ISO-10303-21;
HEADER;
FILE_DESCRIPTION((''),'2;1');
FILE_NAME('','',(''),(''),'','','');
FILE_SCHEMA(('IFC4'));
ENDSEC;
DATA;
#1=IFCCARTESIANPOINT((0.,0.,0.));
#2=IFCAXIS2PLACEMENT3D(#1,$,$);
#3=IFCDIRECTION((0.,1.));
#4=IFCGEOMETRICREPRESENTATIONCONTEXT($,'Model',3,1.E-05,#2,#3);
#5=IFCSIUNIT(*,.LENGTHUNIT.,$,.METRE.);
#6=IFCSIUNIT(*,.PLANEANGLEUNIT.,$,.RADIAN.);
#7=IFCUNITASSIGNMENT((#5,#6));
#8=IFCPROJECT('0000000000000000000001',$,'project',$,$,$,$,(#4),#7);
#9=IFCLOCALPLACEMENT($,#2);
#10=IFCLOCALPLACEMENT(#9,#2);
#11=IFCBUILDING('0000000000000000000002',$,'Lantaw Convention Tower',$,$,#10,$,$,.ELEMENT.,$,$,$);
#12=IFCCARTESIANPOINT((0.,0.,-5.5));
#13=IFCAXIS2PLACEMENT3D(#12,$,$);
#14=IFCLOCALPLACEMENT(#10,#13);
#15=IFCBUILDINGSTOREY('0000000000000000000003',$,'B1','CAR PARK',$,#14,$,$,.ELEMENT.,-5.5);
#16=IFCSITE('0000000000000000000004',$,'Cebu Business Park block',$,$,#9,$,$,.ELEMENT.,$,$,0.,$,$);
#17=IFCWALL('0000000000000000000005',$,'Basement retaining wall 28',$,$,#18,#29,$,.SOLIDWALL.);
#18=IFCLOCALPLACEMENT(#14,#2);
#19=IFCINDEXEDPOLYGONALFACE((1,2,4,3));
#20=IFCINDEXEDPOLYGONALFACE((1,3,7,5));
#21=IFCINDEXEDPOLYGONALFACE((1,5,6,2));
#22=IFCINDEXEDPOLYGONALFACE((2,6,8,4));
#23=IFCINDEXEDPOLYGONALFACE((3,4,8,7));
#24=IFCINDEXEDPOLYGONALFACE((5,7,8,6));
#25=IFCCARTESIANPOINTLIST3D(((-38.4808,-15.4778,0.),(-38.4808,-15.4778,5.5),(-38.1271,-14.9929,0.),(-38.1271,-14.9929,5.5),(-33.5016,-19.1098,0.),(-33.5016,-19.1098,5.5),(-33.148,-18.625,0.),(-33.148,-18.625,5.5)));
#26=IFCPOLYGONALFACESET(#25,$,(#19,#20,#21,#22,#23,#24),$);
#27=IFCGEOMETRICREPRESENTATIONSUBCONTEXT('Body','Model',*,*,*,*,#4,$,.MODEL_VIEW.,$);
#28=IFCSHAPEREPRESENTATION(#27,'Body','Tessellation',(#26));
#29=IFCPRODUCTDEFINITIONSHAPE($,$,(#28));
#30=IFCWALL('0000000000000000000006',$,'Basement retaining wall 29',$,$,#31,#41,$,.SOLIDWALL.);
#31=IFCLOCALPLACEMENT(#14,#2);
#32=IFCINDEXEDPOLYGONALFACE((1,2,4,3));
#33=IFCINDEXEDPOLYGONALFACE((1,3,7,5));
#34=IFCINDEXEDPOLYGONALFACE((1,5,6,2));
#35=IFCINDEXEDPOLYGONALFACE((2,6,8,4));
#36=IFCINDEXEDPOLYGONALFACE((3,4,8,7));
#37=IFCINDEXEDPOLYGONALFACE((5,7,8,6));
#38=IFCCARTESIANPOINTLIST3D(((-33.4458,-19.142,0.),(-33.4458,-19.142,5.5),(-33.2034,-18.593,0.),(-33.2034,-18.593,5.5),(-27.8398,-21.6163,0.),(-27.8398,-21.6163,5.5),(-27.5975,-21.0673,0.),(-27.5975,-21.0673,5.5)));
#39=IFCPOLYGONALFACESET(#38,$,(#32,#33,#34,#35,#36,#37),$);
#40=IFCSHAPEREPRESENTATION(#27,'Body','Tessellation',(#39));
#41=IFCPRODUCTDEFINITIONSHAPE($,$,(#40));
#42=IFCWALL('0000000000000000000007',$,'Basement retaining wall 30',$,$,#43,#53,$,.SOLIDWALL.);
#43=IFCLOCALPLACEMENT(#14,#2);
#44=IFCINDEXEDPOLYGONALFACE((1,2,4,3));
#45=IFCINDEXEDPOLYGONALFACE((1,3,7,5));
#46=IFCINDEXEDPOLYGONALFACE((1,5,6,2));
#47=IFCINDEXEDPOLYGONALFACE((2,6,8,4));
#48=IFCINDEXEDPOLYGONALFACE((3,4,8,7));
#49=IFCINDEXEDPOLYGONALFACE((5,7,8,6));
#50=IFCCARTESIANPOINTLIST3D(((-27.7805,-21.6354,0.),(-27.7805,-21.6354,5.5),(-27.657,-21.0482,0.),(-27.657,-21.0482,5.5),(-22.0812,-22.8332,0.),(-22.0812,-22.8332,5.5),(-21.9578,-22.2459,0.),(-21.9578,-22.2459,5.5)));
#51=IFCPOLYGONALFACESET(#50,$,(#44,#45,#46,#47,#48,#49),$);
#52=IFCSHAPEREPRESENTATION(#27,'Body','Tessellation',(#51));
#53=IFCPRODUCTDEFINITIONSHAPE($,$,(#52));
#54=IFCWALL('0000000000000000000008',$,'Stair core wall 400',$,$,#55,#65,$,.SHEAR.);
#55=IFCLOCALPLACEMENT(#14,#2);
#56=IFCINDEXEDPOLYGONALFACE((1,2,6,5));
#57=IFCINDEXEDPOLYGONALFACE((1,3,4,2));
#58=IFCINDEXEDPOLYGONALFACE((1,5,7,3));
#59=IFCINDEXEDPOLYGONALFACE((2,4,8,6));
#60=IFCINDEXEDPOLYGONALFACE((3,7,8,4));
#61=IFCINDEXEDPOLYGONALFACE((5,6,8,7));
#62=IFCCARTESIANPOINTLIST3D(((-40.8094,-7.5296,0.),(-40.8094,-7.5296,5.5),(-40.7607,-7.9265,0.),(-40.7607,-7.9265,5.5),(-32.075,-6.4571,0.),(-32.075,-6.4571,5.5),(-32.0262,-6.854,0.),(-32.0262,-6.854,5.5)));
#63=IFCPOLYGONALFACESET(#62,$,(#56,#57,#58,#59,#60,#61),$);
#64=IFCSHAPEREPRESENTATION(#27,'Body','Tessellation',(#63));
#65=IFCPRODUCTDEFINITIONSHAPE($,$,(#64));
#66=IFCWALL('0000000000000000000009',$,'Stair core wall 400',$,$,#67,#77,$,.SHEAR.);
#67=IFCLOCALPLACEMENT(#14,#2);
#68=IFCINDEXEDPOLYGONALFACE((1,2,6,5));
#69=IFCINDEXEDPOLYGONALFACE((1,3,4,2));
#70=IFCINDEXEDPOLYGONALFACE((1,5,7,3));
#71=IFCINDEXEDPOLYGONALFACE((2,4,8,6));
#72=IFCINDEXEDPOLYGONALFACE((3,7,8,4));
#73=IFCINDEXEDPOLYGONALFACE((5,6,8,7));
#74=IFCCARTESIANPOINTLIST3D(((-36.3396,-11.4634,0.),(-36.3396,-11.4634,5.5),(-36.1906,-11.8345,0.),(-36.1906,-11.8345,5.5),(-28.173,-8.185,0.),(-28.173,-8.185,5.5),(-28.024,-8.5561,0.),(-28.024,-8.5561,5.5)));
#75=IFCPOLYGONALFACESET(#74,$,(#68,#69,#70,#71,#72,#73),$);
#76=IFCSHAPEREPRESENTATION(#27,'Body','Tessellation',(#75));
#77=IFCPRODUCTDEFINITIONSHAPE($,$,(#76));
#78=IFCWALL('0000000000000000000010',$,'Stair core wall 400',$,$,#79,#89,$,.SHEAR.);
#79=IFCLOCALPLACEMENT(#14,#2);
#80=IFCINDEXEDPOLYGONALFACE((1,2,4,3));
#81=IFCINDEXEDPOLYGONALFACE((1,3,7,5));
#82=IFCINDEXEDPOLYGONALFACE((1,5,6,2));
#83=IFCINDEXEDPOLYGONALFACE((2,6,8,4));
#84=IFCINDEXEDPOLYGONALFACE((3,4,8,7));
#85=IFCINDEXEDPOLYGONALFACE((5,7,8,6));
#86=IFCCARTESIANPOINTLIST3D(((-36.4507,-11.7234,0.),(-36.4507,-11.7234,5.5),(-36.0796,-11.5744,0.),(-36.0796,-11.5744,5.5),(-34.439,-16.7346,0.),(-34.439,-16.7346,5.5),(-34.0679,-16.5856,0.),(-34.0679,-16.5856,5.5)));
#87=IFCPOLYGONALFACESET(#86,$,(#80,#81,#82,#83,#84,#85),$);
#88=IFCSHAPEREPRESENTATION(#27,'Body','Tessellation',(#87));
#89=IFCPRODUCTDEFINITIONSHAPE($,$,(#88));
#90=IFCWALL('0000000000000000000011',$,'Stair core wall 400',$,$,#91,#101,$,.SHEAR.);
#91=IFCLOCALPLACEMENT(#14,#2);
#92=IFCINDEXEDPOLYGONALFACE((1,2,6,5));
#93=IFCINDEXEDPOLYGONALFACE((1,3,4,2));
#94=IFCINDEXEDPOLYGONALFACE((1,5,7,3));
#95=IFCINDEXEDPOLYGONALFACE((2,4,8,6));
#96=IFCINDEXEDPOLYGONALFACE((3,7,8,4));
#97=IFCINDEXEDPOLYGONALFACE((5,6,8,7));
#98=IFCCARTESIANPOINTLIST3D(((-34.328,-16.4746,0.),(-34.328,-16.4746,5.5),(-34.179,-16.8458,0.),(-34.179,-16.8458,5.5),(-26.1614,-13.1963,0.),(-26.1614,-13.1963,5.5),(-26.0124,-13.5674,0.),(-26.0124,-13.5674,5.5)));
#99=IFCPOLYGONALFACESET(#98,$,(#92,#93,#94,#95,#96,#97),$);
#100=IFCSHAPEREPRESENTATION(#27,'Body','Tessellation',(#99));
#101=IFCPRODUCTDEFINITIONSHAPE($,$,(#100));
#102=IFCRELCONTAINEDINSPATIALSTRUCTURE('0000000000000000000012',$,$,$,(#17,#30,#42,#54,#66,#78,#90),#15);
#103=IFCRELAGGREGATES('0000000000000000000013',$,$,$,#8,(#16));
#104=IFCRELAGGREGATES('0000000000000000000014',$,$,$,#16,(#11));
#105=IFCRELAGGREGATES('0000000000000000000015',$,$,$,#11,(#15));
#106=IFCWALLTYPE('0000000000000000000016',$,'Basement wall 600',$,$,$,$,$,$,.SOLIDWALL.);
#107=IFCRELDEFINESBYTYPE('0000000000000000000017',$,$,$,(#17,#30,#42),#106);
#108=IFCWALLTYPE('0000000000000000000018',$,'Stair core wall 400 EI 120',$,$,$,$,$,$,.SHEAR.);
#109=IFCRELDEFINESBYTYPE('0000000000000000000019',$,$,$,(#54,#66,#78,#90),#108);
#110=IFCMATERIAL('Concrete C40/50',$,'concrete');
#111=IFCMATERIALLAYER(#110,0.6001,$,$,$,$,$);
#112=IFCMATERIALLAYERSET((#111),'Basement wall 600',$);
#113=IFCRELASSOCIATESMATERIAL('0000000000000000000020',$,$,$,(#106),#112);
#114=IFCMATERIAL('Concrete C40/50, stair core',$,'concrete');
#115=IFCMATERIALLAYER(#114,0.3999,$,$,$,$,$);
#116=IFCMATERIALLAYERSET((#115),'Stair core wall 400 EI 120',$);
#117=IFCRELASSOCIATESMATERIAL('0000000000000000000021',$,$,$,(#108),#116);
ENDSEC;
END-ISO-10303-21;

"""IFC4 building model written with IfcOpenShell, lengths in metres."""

from ifc_helpers import new_model, si_unit, direction, frame, frame_2d, origin, place, context, subcontext, project, spatial, rectangle, extrude, material, layer, layer_set, type_object, element, save


model = new_model("IFC4")

# Units and contexts
model_context = context("Model", 3, precision=1e-05, world=origin(), true_north=direction((0.0, 1.0)))
body_context = subcontext(model_context, "Body", "Model", "MODEL_VIEW")
ifc_project = project(units=[si_unit("LENGTHUNIT", "METRE"), si_unit("PLANEANGLEUNIT", "RADIAN")], contexts=[model_context])

# Site, building, storey
site_placement = place(None, origin())
site = spatial("IfcSite", under=ifc_project, at=site_placement, Name="Cebu Business Park block", CompositionType="ELEMENT", RefElevation=0.0)
building_placement = place(site_placement, origin())
building = spatial("IfcBuilding", under=site, at=building_placement, Name="Lantaw Convention Tower", CompositionType="ELEMENT")
storey_placement = place(building_placement, frame((0.0, 0.0, -5.5)))
storey = spatial("IfcBuildingStorey", under=building, at=storey_placement, Name="B1", Description="CAR PARK", CompositionType="ELEMENT", Elevation=-5.5)

# Walls
ifc_material_1 = material(Name="Concrete C40/50", Category="concrete")
ifc_layer_1 = layer(ifc_material_1, 0.6001)
ifc_layer_set_1 = layer_set([ifc_layer_1], Name="Basement wall 600")
wall_type_1 = type_object("IfcWallType", Name="Basement wall 600", PredefinedType="SOLIDWALL", material=ifc_layer_set_1)
wall_1_placement = place(storey_placement, frame((-38.304, -15.2354, 0.0), z_axis=(0.0, 0.0, 1.0), x_axis=(0.807901, -0.589318, 0.0)))
element("IfcWall", 1, at=wall_1_placement, inside=storey, type_object=wall_type_1, Name="Basement retaining wall 28", PredefinedType="SOLIDWALL", context=body_context, shape_type="SweptSolid", body=[
    extrude(rectangle(XDim=6.1631, YDim=0.6001, at=frame_2d((3.0815, 0.0))), origin(), (0.0, 0.0, 1.0), 5.5),
])
wall_2_placement = place(storey_placement, frame((-33.3247, -18.8674, 0.0), z_axis=(0.0, 0.0, 1.0), x_axis=(0.914849, -0.403797, 0.0)))
element("IfcWall", 2, at=wall_2_placement, inside=storey, type_object=wall_type_1, Name="Basement retaining wall 29", PredefinedType="SOLIDWALL", context=body_context, shape_type="SweptSolid", body=[
    extrude(rectangle(XDim=6.1277, YDim=0.6001, at=frame_2d((3.064, 0.0))), origin(), (0.0, 0.0, 1.0), 5.5),
])
wall_3_placement = place(storey_placement, frame((-27.7188, -21.3418, 0.0), z_axis=(0.0, 0.0, 1.0), x_axis=(0.978622, -0.205668, 0.0)))
element("IfcWall", 3, at=wall_3_placement, inside=storey, type_object=wall_type_1, Name="Basement retaining wall 30", PredefinedType="SOLIDWALL", context=body_context, shape_type="SweptSolid", body=[
    extrude(rectangle(XDim=5.8237, YDim=0.6001, at=frame_2d((2.9119, 0.0))), origin(), (0.0, 0.0, 1.0), 5.5),
])
ifc_material_2 = material(Name="Concrete C40/50, stair core", Category="concrete")
ifc_layer_2 = layer(ifc_material_2, 0.3999)
ifc_layer_set_2 = layer_set([ifc_layer_2], Name="Stair core wall 400 EI 120")
wall_type_2 = type_object("IfcWallType", Name="Stair core wall 400 EI 120", PredefinedType="SHEAR", material=ifc_layer_set_2)
for number, where, z_axis, x_axis, name in (
    (4, (-40.7849, -7.728, 0.0), (0.0, 0.0, 1.0), (0.992545, 0.121876, 0.0), "Stair core wall 400"),
    (5, (-28.0986, -8.3706, 0.0), (0.0, 0.0, 1.0), (-0.928017, -0.372538, 0.0), "Stair core wall 400"),
):
    element("IfcWall", number, at=place(storey_placement, frame(where, z_axis=z_axis, x_axis=x_axis)), inside=storey, type_object=wall_type_2, Name=name, PredefinedType="SHEAR", context=body_context, shape_type="SweptSolid", body=[
        extrude(rectangle(XDim=8.8, YDim=0.3999, at=frame_2d((4.3999, 0.0))), origin(), (0.0, 0.0, 1.0), 5.5),
    ])
wall_4_placement = place(storey_placement, frame((-36.2651, -11.6489, 0.0), z_axis=(0.0, 0.0, 1.0), x_axis=(0.372544, -0.928015, 0.0)))
element("IfcWall", 6, at=wall_4_placement, inside=storey, type_object=wall_type_2, Name="Stair core wall 400", PredefinedType="SHEAR", context=body_context, shape_type="SweptSolid", body=[
    extrude(rectangle(XDim=5.3999, YDim=0.3999, at=frame_2d((2.7, 0.0))), origin(), (0.0, 0.0, 1.0), 5.5),
])
wall_5_placement = place(storey_placement, frame((-34.2534, -16.6602, 0.0), z_axis=(0.0, 0.0, 1.0), x_axis=(0.928017, 0.372538, 0.0)))
element("IfcWall", 7, at=wall_5_placement, inside=storey, type_object=wall_type_2, Name="Stair core wall 400", PredefinedType="SHEAR", context=body_context, shape_type="SweptSolid", body=[
    extrude(rectangle(XDim=8.8, YDim=0.3999, at=frame_2d((4.3999, 0.0))), origin(), (0.0, 0.0, 1.0), 5.5),
])

save(model, "model.ifc")
